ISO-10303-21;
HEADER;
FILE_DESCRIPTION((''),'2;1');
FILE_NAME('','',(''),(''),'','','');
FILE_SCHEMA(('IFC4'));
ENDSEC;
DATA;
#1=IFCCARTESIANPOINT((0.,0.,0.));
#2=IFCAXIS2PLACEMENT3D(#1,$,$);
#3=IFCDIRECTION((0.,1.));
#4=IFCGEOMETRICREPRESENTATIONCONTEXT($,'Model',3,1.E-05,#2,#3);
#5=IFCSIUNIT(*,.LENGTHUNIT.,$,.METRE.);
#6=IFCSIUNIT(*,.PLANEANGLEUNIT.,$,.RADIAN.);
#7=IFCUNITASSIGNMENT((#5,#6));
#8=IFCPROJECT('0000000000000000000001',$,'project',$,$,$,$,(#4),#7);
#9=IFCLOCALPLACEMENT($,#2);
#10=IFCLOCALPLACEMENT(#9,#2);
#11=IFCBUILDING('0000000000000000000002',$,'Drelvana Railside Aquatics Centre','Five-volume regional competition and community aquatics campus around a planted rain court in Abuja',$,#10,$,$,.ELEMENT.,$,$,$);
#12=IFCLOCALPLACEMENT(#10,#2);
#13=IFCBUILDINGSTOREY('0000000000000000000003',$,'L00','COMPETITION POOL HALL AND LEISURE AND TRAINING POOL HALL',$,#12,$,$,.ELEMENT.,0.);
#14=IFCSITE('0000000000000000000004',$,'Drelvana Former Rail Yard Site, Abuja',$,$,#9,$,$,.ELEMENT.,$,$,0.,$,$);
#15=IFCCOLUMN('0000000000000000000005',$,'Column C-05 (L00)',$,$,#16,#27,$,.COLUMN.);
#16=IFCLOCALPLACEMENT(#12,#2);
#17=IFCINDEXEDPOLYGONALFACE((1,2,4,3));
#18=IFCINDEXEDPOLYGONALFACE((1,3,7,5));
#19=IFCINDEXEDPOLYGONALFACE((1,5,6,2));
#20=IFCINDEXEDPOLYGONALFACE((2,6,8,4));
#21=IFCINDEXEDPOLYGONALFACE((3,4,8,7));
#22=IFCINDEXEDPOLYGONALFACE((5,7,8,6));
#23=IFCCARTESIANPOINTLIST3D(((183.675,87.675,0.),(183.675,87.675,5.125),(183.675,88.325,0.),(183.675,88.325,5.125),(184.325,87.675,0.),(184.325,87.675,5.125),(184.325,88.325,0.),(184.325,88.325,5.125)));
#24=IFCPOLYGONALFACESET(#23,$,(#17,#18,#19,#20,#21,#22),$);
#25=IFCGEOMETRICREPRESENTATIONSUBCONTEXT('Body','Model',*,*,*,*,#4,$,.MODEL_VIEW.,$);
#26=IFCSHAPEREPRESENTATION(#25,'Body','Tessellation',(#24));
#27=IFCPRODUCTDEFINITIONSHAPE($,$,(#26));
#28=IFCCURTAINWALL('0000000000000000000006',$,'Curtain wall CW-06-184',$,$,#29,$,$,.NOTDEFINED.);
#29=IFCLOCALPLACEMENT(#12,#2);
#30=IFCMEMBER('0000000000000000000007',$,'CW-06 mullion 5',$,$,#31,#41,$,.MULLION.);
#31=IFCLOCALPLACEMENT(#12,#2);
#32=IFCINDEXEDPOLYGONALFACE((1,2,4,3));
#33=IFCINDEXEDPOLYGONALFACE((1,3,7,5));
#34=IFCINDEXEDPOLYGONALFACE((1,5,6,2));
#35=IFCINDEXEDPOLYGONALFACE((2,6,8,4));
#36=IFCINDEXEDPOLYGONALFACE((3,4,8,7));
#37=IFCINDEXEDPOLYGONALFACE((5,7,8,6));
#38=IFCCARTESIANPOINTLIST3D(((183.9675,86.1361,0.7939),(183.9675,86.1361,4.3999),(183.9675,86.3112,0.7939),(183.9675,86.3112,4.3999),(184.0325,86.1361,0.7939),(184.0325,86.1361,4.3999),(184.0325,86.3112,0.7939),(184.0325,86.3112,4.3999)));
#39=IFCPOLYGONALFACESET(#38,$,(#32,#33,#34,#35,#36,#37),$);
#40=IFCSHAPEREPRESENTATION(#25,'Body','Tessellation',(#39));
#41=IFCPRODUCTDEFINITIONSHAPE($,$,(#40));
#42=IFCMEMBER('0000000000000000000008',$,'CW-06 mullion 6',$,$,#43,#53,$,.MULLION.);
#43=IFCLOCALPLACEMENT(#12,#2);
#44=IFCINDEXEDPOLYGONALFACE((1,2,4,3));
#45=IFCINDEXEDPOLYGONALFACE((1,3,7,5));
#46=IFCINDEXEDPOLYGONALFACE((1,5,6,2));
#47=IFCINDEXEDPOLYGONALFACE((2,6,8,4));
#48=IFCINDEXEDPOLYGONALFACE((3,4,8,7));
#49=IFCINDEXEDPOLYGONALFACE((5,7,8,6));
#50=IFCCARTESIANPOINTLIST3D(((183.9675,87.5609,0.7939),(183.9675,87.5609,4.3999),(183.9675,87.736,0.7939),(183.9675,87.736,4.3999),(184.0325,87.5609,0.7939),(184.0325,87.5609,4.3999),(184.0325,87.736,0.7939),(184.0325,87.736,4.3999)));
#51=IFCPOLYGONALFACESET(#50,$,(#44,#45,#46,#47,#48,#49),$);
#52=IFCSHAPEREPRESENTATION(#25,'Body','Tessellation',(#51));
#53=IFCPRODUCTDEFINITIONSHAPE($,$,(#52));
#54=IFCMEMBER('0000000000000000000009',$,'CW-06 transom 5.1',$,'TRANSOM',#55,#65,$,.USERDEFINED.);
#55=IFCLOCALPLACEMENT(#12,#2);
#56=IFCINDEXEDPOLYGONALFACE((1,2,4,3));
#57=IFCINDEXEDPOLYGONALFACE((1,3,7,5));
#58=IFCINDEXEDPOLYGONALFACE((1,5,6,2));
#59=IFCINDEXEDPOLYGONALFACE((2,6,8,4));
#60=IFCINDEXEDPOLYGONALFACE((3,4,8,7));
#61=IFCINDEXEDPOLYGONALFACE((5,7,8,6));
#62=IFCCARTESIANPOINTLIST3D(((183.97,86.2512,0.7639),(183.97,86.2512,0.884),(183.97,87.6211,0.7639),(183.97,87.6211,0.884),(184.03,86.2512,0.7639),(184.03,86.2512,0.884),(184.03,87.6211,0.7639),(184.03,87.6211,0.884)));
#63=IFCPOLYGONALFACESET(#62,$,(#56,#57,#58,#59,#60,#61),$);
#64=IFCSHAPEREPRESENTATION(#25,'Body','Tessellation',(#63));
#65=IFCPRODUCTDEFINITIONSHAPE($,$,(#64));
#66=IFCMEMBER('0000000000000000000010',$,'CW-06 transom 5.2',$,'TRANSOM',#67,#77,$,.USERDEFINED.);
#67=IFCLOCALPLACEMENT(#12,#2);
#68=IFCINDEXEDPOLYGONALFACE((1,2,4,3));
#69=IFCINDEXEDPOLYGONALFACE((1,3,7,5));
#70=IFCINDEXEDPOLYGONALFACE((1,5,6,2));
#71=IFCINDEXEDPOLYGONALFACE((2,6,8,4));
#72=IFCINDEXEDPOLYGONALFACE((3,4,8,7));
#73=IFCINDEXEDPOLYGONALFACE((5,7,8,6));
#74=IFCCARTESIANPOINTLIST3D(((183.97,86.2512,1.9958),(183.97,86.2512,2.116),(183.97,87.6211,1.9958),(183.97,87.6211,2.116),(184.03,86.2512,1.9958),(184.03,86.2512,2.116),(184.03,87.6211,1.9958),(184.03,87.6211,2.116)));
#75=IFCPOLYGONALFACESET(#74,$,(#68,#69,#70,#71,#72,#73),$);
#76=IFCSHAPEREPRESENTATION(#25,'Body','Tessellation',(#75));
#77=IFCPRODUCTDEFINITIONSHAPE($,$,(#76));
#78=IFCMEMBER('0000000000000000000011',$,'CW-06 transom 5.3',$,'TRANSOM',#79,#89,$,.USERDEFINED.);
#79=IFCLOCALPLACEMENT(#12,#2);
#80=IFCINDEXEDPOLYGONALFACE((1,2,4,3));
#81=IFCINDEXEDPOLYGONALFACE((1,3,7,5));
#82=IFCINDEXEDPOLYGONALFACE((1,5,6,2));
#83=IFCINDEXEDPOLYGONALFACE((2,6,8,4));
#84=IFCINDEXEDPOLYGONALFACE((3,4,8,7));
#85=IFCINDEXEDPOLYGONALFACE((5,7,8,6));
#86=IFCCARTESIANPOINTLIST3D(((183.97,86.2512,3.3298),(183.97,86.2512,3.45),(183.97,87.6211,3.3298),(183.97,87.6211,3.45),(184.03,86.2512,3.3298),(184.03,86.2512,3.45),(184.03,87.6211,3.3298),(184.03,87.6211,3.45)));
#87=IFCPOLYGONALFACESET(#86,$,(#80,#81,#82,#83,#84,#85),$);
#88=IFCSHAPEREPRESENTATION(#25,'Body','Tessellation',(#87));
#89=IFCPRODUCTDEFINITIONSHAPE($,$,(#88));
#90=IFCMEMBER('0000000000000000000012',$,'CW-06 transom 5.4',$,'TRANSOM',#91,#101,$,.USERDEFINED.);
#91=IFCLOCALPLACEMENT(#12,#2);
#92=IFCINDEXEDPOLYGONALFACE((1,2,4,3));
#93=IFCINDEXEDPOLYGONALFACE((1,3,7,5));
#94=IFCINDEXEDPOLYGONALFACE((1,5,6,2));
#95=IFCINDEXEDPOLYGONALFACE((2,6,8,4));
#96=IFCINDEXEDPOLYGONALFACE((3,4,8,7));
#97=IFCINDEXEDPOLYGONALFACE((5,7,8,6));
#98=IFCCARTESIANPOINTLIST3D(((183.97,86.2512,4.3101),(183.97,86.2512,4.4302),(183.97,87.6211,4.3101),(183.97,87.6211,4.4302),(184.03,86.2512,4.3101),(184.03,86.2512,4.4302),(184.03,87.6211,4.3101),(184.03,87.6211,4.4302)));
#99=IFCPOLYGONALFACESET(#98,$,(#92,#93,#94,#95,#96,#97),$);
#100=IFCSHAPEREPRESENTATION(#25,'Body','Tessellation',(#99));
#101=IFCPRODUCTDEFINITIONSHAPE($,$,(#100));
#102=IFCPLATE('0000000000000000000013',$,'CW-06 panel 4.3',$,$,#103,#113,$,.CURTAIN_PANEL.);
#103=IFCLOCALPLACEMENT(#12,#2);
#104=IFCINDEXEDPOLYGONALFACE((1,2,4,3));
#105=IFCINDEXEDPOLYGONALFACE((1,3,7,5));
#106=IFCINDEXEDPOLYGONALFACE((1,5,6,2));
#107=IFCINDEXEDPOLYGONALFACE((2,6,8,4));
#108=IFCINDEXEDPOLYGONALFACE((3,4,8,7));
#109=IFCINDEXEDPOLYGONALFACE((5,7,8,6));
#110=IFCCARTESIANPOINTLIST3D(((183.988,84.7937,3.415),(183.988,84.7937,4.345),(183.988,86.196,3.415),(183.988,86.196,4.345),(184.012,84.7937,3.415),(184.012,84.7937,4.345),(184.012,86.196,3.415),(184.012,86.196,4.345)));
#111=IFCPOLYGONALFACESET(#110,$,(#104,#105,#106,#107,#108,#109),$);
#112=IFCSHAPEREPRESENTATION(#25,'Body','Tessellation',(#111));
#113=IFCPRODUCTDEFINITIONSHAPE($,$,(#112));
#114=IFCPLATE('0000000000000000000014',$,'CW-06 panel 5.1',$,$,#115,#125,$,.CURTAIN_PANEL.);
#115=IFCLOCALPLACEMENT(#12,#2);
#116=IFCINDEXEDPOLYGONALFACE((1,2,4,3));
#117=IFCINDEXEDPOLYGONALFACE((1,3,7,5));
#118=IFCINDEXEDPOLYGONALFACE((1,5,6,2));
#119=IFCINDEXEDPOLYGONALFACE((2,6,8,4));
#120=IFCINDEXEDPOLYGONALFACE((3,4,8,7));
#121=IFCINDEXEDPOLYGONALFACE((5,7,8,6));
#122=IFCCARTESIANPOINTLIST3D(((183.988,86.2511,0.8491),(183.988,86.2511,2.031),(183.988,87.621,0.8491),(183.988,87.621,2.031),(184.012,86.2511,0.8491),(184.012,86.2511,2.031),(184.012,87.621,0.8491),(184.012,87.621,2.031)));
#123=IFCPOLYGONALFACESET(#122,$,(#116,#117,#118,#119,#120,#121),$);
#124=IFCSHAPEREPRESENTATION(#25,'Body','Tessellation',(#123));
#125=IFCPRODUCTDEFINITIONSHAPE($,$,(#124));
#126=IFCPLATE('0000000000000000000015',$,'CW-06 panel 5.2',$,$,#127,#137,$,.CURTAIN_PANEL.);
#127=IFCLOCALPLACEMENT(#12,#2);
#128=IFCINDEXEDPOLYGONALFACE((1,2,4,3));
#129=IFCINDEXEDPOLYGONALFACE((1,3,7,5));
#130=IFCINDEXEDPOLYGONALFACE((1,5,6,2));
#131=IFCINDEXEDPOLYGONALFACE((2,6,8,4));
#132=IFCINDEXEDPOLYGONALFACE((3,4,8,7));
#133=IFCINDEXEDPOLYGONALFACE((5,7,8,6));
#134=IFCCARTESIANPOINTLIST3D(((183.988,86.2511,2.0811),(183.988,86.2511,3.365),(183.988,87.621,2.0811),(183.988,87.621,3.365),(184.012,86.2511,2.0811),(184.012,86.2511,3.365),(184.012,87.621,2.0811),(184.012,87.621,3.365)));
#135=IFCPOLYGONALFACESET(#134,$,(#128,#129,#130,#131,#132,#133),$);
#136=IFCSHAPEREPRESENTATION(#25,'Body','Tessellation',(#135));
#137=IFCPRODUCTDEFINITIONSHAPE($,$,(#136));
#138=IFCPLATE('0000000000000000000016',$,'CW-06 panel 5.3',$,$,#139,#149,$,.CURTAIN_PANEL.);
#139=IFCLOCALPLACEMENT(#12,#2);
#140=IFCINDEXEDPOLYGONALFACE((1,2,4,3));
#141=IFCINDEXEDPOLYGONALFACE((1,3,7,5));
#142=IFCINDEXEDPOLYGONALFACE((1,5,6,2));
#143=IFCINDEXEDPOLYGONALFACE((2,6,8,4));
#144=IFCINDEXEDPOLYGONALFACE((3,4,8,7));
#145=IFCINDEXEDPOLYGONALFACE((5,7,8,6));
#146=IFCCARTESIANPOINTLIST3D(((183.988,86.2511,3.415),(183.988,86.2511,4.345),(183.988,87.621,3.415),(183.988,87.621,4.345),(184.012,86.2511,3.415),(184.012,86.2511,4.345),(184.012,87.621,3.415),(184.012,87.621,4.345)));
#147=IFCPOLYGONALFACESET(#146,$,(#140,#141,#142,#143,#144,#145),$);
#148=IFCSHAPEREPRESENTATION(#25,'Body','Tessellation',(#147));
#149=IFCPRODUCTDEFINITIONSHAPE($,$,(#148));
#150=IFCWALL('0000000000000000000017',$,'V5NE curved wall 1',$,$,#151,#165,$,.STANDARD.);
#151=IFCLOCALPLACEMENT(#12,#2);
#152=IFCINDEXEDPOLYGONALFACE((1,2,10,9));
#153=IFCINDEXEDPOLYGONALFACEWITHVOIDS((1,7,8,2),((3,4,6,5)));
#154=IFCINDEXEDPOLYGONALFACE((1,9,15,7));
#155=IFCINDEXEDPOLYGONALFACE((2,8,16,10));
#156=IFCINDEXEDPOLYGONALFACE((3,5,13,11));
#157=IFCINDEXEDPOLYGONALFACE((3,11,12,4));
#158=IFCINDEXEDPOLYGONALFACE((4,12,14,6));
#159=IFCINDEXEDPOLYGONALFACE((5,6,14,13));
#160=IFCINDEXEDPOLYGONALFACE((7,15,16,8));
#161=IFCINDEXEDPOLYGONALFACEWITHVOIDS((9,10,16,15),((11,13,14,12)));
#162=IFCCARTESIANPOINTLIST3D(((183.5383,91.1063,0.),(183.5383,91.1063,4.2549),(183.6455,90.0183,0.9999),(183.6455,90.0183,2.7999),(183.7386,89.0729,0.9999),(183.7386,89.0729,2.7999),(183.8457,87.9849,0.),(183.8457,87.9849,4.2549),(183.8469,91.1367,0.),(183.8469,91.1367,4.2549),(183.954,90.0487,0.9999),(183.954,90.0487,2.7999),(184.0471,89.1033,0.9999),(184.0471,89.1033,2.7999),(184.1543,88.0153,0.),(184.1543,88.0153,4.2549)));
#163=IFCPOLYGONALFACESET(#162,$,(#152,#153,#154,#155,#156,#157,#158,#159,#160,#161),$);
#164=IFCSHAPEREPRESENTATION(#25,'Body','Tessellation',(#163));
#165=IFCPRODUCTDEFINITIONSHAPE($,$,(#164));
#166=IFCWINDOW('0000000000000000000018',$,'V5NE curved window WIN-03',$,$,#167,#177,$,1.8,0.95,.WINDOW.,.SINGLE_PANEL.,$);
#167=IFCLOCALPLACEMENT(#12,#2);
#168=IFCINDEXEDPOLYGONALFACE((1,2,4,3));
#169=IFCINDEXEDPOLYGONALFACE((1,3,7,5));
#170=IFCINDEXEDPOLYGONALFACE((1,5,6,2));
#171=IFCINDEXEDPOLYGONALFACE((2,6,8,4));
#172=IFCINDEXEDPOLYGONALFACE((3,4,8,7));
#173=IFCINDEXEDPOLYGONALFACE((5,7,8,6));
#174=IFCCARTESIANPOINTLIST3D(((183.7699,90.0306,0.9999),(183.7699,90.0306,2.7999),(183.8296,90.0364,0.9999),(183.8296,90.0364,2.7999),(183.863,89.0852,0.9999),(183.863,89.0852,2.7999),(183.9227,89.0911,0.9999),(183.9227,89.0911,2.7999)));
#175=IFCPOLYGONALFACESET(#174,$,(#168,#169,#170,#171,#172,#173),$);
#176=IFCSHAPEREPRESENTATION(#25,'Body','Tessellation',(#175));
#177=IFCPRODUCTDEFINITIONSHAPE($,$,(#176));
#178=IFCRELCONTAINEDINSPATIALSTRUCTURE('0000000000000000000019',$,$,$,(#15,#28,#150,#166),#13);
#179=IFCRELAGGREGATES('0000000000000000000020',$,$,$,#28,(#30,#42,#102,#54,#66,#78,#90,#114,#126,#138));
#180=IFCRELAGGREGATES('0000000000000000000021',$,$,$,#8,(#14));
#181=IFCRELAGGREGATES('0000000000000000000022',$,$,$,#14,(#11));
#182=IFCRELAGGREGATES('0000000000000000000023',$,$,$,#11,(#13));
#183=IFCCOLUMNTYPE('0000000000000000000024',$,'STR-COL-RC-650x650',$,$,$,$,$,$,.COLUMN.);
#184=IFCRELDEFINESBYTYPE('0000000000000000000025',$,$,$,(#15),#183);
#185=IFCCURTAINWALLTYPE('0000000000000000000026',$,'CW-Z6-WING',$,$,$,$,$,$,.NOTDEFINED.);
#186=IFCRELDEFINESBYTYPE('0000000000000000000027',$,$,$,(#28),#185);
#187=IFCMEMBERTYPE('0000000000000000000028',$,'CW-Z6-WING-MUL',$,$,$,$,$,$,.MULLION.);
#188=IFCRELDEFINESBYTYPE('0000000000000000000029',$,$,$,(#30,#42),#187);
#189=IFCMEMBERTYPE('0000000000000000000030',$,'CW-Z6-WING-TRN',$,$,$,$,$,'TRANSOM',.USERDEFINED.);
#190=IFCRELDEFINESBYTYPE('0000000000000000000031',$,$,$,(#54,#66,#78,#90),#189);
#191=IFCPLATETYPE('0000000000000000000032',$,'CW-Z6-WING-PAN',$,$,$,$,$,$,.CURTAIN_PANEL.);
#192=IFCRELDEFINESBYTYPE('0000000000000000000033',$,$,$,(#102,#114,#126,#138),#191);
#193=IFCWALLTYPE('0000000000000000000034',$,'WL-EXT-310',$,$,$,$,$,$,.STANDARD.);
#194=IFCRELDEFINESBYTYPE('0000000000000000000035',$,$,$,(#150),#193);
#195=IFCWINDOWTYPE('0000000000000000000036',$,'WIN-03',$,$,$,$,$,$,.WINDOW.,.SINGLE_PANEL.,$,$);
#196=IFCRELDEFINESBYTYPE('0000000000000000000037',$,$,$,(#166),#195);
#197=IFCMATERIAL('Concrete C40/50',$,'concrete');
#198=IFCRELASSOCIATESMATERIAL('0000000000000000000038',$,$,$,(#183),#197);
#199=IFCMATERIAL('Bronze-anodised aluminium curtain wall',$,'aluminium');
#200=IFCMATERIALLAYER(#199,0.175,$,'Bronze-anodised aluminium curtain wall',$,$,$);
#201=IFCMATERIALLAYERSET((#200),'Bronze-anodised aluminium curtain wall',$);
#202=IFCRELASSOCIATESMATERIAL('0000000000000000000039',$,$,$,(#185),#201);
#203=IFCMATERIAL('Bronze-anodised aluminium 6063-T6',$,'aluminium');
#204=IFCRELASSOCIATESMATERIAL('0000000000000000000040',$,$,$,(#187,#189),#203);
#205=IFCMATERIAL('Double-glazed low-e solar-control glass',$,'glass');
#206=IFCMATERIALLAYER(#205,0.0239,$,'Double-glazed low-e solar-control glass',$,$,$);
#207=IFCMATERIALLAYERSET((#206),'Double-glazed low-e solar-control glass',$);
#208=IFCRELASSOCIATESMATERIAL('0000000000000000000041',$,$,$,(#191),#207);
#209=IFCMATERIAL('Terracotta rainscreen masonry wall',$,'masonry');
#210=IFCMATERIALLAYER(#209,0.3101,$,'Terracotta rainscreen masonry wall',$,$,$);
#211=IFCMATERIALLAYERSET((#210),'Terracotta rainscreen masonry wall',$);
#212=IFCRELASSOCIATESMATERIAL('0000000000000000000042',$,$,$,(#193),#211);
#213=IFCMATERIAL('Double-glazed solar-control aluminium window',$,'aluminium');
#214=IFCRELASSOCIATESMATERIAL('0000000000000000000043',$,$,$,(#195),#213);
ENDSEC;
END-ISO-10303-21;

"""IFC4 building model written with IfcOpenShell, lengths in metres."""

from ifc_helpers import new_model, si_unit, direction, frame, frame_2d, origin, origin_2d, place, context, subcontext, project, spatial, rectangle, extrude, material, layer, layer_set, material_profile, profile_set, type_object, element, fill, aggregate, save


model = new_model("IFC4")

# Units and contexts
model_context = context("Model", 3, precision=1e-05, world=origin(), true_north=direction((0.0, 1.0)))
body_context = subcontext(model_context, "Body", "Model", "MODEL_VIEW")
ifc_project = project(units=[si_unit("LENGTHUNIT", "METRE"), si_unit("PLANEANGLEUNIT", "RADIAN")], contexts=[model_context])

# Site, building, storey
site_placement = place(None, origin())
site = spatial("IfcSite", under=ifc_project, at=site_placement, Name="Drelvana Former Rail Yard Site, Abuja", CompositionType="ELEMENT", RefElevation=0.0)
building_placement = place(site_placement, origin())
building = spatial("IfcBuilding", under=site, at=building_placement, Name="Drelvana Railside Aquatics Centre", Description="Five-volume regional competition and community aquatics campus around a planted rain court in Abuja", CompositionType="ELEMENT")
storey_placement = place(building_placement, origin())
storey = spatial("IfcBuildingStorey", under=building, at=storey_placement, Name="L00", Description="COMPETITION POOL HALL AND LEISURE AND TRAINING POOL HALL", CompositionType="ELEMENT", Elevation=0.0)

# Column
ifc_material_1 = material(Name="Concrete C40/50", Category="concrete")
ifc_material_profile_1 = material_profile(ifc_material_1, rectangle(XDim=0.6499, YDim=0.6499, at=origin_2d()), Name="RC 650x650")
ifc_profile_set_1 = profile_set([ifc_material_profile_1], Name="Concrete C40/50")
column_type = type_object("IfcColumnType", Name="STR-COL-RC-650x650", PredefinedType="COLUMN", material=ifc_profile_set_1)
column_placement = place(storey_placement, frame((184.0, 88.0, 0.0), z_axis=(0.0, 0.0, 1.0), x_axis=(1.0, 0.0, 0.0)))
element("IfcColumn", 1, at=column_placement, inside=storey, type_object=column_type, Name="Column C-05 (L00)", PredefinedType="COLUMN", context=body_context, shape_type="SweptSolid", body=[
    extrude(rectangle(XDim=0.6499, YDim=0.6499, at=origin_2d()), origin(), (0.0, 0.0, 1.0), 5.125),
])

# Curtain wall, members, plates
ifc_material_2 = material(Name="Bronze-anodised aluminium curtain wall", Category="aluminium")
ifc_layer_1 = layer(ifc_material_2, 0.175, Name="Bronze-anodised aluminium curtain wall")
ifc_layer_set_1 = layer_set([ifc_layer_1], Name="Bronze-anodised aluminium curtain wall")
curtain_wall_type = type_object("IfcCurtainWallType", Name="CW-Z6-WING", PredefinedType="NOTDEFINED", material=ifc_layer_set_1)
curtain_wall_placement = place(storey_placement, origin())
curtain_wall = element("IfcCurtainWall", 2, at=curtain_wall_placement, inside=storey, type_object=curtain_wall_type, Name="Curtain wall CW-06-184", PredefinedType="NOTDEFINED")
ifc_material_3 = material(Name="Bronze-anodised aluminium 6063-T6", Category="aluminium")
ifc_material_profile_2 = material_profile(ifc_material_3, rectangle(XDim=0.0649, YDim=0.175, at=origin_2d()), Name="ALU-M 65x175")
ifc_profile_set_2 = profile_set([ifc_material_profile_2], Name="Bronze-anodised aluminium 6063-T6")
member_type_1 = type_object("IfcMemberType", Name="CW-Z6-WING-MUL", PredefinedType="MULLION", material=ifc_profile_set_2)
member_1_placement = place(storey_placement, frame((184.0, 86.2236, 0.7939), z_axis=(0.0, 0.0, 1.0), x_axis=(-1.0, 0.0, 0.0)))
member_1 = element("IfcMember", 3, at=member_1_placement, type_object=member_type_1, Name="CW-06 mullion 5", PredefinedType="MULLION", context=body_context, shape_type="SweptSolid", body=[
    extrude(rectangle(XDim=0.0649, YDim=0.175, at=origin_2d()), origin(), (0.0, 0.0, 1.0), 3.606),
])
member_2_placement = place(storey_placement, frame((184.0, 87.6484, 0.7939), z_axis=(0.0, 0.0, 1.0), x_axis=(-1.0, 0.0, 0.0)))
member_2 = element("IfcMember", 4, at=member_2_placement, type_object=member_type_1, Name="CW-06 mullion 6", PredefinedType="MULLION", context=body_context, shape_type="SweptSolid", body=[
    extrude(rectangle(XDim=0.0649, YDim=0.175, at=origin_2d()), origin(), (0.0, 0.0, 1.0), 3.606),
])
ifc_material_profile_3 = material_profile(ifc_material_3, rectangle(XDim=0.1201, YDim=0.0601, at=origin_2d()), Name="ALU-T 60x120")
ifc_profile_set_3 = profile_set([ifc_material_profile_3], Name="Bronze-anodised aluminium 6063-T6")
member_type_2 = type_object("IfcMemberType", Name="CW-Z6-WING-TRN", ElementType="TRANSOM", PredefinedType="USERDEFINED", material=ifc_profile_set_3)
member_3_placement = place(storey_placement, frame((184.0, 86.2512, 0.824), z_axis=(0.0, 1.0, 0.0), x_axis=(0.0, 0.0, 1.0)))
member_3 = element("IfcMember", 5, at=member_3_placement, type_object=member_type_2, Name="CW-06 transom 5.1", ObjectType="TRANSOM", PredefinedType="USERDEFINED", context=body_context, shape_type="SweptSolid", body=[
    extrude(rectangle(XDim=0.1201, YDim=0.0601, at=origin_2d()), origin(), (0.0, 0.0, 1.0), 1.3699),
])
member_4_placement = place(storey_placement, frame((184.0, 86.2512, 2.0559), z_axis=(0.0, 1.0, 0.0), x_axis=(0.0, 0.0, 1.0)))
member_4 = element("IfcMember", 6, at=member_4_placement, type_object=member_type_2, Name="CW-06 transom 5.2", ObjectType="TRANSOM", PredefinedType="USERDEFINED", context=body_context, shape_type="SweptSolid", body=[
    extrude(rectangle(XDim=0.1201, YDim=0.0601, at=origin_2d()), origin(), (0.0, 0.0, 1.0), 1.3699),
])
member_5_placement = place(storey_placement, frame((184.0, 86.2512, 3.3899), z_axis=(0.0, 1.0, 0.0), x_axis=(0.0, 0.0, 1.0)))
member_5 = element("IfcMember", 7, at=member_5_placement, type_object=member_type_2, Name="CW-06 transom 5.3", ObjectType="TRANSOM", PredefinedType="USERDEFINED", context=body_context, shape_type="SweptSolid", body=[
    extrude(rectangle(XDim=0.1201, YDim=0.0601, at=origin_2d()), origin(), (0.0, 0.0, 1.0), 1.3699),
])
member_6_placement = place(storey_placement, frame((184.0, 86.2512, 4.3701), z_axis=(0.0, 1.0, 0.0), x_axis=(0.0, 0.0, 1.0)))
member_6 = element("IfcMember", 8, at=member_6_placement, type_object=member_type_2, Name="CW-06 transom 5.4", ObjectType="TRANSOM", PredefinedType="USERDEFINED", context=body_context, shape_type="SweptSolid", body=[
    extrude(rectangle(XDim=0.1201, YDim=0.0601, at=origin_2d()), origin(), (0.0, 0.0, 1.0), 1.3699),
])
ifc_material_4 = material(Name="Double-glazed low-e solar-control glass", Category="glass")
ifc_layer_2 = layer(ifc_material_4, 0.0239, Name="Double-glazed low-e solar-control glass")
ifc_layer_set_2 = layer_set([ifc_layer_2], Name="Double-glazed low-e solar-control glass")
plate_type = type_object("IfcPlateType", Name="CW-Z6-WING-PAN", PredefinedType="CURTAIN_PANEL", material=ifc_layer_set_2)
plate_1_placement = place(storey_placement, frame((184.0, 85.4949, 3.415), z_axis=(0.0, 0.0, 1.0), x_axis=(0.0, 1.0, 0.0)))
plate_1 = element("IfcPlate", 9, at=plate_1_placement, type_object=plate_type, Name="CW-06 panel 4.3", PredefinedType="CURTAIN_PANEL", context=body_context, shape_type="SweptSolid", body=[
    extrude(rectangle(XDim=1.4023, YDim=0.0239, at=origin_2d()), origin(), (0.0, 0.0, 1.0), 0.9299),
])
plate_2_placement = place(storey_placement, frame((184.0, 86.936, 0.8491), z_axis=(0.0, 0.0, 1.0), x_axis=(0.0, 1.0, 0.0)))
plate_2 = element("IfcPlate", 10, at=plate_2_placement, type_object=plate_type, Name="CW-06 panel 5.1", PredefinedType="CURTAIN_PANEL", context=body_context, shape_type="SweptSolid", body=[
    extrude(rectangle(XDim=1.3699, YDim=0.0239, at=origin_2d()), origin(), (0.0, 0.0, 1.0), 1.1819),
])
plate_3_placement = place(storey_placement, frame((184.0, 86.936, 2.0811), z_axis=(0.0, 0.0, 1.0), x_axis=(0.0, 1.0, 0.0)))
plate_3 = element("IfcPlate", 11, at=plate_3_placement, type_object=plate_type, Name="CW-06 panel 5.2", PredefinedType="CURTAIN_PANEL", context=body_context, shape_type="SweptSolid", body=[
    extrude(rectangle(XDim=1.3699, YDim=0.0239, at=origin_2d()), origin(), (0.0, 0.0, 1.0), 1.2839),
])
plate_4_placement = place(storey_placement, frame((184.0, 86.936, 3.415), z_axis=(0.0, 0.0, 1.0), x_axis=(0.0, 1.0, 0.0)))
plate_4 = element("IfcPlate", 12, at=plate_4_placement, type_object=plate_type, Name="CW-06 panel 5.3", PredefinedType="CURTAIN_PANEL", context=body_context, shape_type="SweptSolid", body=[
    extrude(rectangle(XDim=1.3699, YDim=0.0239, at=origin_2d()), origin(), (0.0, 0.0, 1.0), 0.9299),
])
aggregate(curtain_wall, [member_1, member_2, plate_1, member_3, member_4, member_5, member_6, plate_2, plate_3, plate_4])

# Wall, opening, window
ifc_material_5 = material(Name="Terracotta rainscreen masonry wall", Category="masonry")
ifc_layer_3 = layer(ifc_material_5, 0.3101, Name="Terracotta rainscreen masonry wall")
ifc_layer_set_3 = layer_set([ifc_layer_3], Name="Terracotta rainscreen masonry wall")
wall_type = type_object("IfcWallType", Name="WL-EXT-310", PredefinedType="STANDARD", material=ifc_layer_set_3)
wall_1_placement = place(storey_placement, frame((184.0, 88.0, 0.0), z_axis=(0.0, 0.0, 1.0), x_axis=(-0.098001, 0.995186, 0.0)))
wall_1 = element("IfcWall", 13, at=wall_1_placement, inside=storey, type_object=wall_type, Name="V5NE curved wall 1", PredefinedType="STANDARD", context=body_context, shape_type="SweptSolid", body=[
    extrude(rectangle(XDim=3.1365, YDim=0.3101, at=frame_2d((1.5684, 0.0))), origin(), (0.0, 0.0, 1.0), 4.2549),
])
opening_1_placement = place(wall_1_placement, frame((1.0933, 0.0, 1.0)))
opening_1 = element("IfcOpeningElement", 14, at=opening_1_placement, cuts=wall_1, PredefinedType="OPENING", context=body_context, shape_type="SweptSolid", body=[
    extrude(rectangle(XDim=0.95, YDim=1.8, at=frame_2d((0.4751, 0.8999))), frame((0.0, 0.165, 0.0), z_axis=(0.0, -1.0, 0.0), x_axis=(1.0, 0.0, 0.0)), (0.0, 0.0, 1.0), 0.3301),
])
ifc_material_6 = material(Name="Double-glazed solar-control aluminium window", Category="aluminium")
window_type_1 = type_object("IfcWindowType", Name="WIN-03", PartitioningType="SINGLE_PANEL", PredefinedType="WINDOW", material=ifc_material_6)
window_1_placement = place(opening_1_placement, origin())
window_1 = element("IfcWindow", 15, at=window_1_placement, inside=storey, type_object=window_type_1, Name="V5NE curved window WIN-03", OverallHeight=1.8, OverallWidth=0.95, PartitioningType="SINGLE_PANEL", PredefinedType="WINDOW", context=body_context, shape_type="SweptSolid", body=[
    extrude(rectangle(XDim=0.95, YDim=1.8, at=frame_2d((0.4751, 0.8999))), frame((0.0, 0.03, 0.0), z_axis=(0.0, -1.0, 0.0), x_axis=(1.0, 0.0, 0.0)), (0.0, 0.0, 1.0), 0.0601),
])
fill(opening_1, window_1)

save(model, "model.ifc")
